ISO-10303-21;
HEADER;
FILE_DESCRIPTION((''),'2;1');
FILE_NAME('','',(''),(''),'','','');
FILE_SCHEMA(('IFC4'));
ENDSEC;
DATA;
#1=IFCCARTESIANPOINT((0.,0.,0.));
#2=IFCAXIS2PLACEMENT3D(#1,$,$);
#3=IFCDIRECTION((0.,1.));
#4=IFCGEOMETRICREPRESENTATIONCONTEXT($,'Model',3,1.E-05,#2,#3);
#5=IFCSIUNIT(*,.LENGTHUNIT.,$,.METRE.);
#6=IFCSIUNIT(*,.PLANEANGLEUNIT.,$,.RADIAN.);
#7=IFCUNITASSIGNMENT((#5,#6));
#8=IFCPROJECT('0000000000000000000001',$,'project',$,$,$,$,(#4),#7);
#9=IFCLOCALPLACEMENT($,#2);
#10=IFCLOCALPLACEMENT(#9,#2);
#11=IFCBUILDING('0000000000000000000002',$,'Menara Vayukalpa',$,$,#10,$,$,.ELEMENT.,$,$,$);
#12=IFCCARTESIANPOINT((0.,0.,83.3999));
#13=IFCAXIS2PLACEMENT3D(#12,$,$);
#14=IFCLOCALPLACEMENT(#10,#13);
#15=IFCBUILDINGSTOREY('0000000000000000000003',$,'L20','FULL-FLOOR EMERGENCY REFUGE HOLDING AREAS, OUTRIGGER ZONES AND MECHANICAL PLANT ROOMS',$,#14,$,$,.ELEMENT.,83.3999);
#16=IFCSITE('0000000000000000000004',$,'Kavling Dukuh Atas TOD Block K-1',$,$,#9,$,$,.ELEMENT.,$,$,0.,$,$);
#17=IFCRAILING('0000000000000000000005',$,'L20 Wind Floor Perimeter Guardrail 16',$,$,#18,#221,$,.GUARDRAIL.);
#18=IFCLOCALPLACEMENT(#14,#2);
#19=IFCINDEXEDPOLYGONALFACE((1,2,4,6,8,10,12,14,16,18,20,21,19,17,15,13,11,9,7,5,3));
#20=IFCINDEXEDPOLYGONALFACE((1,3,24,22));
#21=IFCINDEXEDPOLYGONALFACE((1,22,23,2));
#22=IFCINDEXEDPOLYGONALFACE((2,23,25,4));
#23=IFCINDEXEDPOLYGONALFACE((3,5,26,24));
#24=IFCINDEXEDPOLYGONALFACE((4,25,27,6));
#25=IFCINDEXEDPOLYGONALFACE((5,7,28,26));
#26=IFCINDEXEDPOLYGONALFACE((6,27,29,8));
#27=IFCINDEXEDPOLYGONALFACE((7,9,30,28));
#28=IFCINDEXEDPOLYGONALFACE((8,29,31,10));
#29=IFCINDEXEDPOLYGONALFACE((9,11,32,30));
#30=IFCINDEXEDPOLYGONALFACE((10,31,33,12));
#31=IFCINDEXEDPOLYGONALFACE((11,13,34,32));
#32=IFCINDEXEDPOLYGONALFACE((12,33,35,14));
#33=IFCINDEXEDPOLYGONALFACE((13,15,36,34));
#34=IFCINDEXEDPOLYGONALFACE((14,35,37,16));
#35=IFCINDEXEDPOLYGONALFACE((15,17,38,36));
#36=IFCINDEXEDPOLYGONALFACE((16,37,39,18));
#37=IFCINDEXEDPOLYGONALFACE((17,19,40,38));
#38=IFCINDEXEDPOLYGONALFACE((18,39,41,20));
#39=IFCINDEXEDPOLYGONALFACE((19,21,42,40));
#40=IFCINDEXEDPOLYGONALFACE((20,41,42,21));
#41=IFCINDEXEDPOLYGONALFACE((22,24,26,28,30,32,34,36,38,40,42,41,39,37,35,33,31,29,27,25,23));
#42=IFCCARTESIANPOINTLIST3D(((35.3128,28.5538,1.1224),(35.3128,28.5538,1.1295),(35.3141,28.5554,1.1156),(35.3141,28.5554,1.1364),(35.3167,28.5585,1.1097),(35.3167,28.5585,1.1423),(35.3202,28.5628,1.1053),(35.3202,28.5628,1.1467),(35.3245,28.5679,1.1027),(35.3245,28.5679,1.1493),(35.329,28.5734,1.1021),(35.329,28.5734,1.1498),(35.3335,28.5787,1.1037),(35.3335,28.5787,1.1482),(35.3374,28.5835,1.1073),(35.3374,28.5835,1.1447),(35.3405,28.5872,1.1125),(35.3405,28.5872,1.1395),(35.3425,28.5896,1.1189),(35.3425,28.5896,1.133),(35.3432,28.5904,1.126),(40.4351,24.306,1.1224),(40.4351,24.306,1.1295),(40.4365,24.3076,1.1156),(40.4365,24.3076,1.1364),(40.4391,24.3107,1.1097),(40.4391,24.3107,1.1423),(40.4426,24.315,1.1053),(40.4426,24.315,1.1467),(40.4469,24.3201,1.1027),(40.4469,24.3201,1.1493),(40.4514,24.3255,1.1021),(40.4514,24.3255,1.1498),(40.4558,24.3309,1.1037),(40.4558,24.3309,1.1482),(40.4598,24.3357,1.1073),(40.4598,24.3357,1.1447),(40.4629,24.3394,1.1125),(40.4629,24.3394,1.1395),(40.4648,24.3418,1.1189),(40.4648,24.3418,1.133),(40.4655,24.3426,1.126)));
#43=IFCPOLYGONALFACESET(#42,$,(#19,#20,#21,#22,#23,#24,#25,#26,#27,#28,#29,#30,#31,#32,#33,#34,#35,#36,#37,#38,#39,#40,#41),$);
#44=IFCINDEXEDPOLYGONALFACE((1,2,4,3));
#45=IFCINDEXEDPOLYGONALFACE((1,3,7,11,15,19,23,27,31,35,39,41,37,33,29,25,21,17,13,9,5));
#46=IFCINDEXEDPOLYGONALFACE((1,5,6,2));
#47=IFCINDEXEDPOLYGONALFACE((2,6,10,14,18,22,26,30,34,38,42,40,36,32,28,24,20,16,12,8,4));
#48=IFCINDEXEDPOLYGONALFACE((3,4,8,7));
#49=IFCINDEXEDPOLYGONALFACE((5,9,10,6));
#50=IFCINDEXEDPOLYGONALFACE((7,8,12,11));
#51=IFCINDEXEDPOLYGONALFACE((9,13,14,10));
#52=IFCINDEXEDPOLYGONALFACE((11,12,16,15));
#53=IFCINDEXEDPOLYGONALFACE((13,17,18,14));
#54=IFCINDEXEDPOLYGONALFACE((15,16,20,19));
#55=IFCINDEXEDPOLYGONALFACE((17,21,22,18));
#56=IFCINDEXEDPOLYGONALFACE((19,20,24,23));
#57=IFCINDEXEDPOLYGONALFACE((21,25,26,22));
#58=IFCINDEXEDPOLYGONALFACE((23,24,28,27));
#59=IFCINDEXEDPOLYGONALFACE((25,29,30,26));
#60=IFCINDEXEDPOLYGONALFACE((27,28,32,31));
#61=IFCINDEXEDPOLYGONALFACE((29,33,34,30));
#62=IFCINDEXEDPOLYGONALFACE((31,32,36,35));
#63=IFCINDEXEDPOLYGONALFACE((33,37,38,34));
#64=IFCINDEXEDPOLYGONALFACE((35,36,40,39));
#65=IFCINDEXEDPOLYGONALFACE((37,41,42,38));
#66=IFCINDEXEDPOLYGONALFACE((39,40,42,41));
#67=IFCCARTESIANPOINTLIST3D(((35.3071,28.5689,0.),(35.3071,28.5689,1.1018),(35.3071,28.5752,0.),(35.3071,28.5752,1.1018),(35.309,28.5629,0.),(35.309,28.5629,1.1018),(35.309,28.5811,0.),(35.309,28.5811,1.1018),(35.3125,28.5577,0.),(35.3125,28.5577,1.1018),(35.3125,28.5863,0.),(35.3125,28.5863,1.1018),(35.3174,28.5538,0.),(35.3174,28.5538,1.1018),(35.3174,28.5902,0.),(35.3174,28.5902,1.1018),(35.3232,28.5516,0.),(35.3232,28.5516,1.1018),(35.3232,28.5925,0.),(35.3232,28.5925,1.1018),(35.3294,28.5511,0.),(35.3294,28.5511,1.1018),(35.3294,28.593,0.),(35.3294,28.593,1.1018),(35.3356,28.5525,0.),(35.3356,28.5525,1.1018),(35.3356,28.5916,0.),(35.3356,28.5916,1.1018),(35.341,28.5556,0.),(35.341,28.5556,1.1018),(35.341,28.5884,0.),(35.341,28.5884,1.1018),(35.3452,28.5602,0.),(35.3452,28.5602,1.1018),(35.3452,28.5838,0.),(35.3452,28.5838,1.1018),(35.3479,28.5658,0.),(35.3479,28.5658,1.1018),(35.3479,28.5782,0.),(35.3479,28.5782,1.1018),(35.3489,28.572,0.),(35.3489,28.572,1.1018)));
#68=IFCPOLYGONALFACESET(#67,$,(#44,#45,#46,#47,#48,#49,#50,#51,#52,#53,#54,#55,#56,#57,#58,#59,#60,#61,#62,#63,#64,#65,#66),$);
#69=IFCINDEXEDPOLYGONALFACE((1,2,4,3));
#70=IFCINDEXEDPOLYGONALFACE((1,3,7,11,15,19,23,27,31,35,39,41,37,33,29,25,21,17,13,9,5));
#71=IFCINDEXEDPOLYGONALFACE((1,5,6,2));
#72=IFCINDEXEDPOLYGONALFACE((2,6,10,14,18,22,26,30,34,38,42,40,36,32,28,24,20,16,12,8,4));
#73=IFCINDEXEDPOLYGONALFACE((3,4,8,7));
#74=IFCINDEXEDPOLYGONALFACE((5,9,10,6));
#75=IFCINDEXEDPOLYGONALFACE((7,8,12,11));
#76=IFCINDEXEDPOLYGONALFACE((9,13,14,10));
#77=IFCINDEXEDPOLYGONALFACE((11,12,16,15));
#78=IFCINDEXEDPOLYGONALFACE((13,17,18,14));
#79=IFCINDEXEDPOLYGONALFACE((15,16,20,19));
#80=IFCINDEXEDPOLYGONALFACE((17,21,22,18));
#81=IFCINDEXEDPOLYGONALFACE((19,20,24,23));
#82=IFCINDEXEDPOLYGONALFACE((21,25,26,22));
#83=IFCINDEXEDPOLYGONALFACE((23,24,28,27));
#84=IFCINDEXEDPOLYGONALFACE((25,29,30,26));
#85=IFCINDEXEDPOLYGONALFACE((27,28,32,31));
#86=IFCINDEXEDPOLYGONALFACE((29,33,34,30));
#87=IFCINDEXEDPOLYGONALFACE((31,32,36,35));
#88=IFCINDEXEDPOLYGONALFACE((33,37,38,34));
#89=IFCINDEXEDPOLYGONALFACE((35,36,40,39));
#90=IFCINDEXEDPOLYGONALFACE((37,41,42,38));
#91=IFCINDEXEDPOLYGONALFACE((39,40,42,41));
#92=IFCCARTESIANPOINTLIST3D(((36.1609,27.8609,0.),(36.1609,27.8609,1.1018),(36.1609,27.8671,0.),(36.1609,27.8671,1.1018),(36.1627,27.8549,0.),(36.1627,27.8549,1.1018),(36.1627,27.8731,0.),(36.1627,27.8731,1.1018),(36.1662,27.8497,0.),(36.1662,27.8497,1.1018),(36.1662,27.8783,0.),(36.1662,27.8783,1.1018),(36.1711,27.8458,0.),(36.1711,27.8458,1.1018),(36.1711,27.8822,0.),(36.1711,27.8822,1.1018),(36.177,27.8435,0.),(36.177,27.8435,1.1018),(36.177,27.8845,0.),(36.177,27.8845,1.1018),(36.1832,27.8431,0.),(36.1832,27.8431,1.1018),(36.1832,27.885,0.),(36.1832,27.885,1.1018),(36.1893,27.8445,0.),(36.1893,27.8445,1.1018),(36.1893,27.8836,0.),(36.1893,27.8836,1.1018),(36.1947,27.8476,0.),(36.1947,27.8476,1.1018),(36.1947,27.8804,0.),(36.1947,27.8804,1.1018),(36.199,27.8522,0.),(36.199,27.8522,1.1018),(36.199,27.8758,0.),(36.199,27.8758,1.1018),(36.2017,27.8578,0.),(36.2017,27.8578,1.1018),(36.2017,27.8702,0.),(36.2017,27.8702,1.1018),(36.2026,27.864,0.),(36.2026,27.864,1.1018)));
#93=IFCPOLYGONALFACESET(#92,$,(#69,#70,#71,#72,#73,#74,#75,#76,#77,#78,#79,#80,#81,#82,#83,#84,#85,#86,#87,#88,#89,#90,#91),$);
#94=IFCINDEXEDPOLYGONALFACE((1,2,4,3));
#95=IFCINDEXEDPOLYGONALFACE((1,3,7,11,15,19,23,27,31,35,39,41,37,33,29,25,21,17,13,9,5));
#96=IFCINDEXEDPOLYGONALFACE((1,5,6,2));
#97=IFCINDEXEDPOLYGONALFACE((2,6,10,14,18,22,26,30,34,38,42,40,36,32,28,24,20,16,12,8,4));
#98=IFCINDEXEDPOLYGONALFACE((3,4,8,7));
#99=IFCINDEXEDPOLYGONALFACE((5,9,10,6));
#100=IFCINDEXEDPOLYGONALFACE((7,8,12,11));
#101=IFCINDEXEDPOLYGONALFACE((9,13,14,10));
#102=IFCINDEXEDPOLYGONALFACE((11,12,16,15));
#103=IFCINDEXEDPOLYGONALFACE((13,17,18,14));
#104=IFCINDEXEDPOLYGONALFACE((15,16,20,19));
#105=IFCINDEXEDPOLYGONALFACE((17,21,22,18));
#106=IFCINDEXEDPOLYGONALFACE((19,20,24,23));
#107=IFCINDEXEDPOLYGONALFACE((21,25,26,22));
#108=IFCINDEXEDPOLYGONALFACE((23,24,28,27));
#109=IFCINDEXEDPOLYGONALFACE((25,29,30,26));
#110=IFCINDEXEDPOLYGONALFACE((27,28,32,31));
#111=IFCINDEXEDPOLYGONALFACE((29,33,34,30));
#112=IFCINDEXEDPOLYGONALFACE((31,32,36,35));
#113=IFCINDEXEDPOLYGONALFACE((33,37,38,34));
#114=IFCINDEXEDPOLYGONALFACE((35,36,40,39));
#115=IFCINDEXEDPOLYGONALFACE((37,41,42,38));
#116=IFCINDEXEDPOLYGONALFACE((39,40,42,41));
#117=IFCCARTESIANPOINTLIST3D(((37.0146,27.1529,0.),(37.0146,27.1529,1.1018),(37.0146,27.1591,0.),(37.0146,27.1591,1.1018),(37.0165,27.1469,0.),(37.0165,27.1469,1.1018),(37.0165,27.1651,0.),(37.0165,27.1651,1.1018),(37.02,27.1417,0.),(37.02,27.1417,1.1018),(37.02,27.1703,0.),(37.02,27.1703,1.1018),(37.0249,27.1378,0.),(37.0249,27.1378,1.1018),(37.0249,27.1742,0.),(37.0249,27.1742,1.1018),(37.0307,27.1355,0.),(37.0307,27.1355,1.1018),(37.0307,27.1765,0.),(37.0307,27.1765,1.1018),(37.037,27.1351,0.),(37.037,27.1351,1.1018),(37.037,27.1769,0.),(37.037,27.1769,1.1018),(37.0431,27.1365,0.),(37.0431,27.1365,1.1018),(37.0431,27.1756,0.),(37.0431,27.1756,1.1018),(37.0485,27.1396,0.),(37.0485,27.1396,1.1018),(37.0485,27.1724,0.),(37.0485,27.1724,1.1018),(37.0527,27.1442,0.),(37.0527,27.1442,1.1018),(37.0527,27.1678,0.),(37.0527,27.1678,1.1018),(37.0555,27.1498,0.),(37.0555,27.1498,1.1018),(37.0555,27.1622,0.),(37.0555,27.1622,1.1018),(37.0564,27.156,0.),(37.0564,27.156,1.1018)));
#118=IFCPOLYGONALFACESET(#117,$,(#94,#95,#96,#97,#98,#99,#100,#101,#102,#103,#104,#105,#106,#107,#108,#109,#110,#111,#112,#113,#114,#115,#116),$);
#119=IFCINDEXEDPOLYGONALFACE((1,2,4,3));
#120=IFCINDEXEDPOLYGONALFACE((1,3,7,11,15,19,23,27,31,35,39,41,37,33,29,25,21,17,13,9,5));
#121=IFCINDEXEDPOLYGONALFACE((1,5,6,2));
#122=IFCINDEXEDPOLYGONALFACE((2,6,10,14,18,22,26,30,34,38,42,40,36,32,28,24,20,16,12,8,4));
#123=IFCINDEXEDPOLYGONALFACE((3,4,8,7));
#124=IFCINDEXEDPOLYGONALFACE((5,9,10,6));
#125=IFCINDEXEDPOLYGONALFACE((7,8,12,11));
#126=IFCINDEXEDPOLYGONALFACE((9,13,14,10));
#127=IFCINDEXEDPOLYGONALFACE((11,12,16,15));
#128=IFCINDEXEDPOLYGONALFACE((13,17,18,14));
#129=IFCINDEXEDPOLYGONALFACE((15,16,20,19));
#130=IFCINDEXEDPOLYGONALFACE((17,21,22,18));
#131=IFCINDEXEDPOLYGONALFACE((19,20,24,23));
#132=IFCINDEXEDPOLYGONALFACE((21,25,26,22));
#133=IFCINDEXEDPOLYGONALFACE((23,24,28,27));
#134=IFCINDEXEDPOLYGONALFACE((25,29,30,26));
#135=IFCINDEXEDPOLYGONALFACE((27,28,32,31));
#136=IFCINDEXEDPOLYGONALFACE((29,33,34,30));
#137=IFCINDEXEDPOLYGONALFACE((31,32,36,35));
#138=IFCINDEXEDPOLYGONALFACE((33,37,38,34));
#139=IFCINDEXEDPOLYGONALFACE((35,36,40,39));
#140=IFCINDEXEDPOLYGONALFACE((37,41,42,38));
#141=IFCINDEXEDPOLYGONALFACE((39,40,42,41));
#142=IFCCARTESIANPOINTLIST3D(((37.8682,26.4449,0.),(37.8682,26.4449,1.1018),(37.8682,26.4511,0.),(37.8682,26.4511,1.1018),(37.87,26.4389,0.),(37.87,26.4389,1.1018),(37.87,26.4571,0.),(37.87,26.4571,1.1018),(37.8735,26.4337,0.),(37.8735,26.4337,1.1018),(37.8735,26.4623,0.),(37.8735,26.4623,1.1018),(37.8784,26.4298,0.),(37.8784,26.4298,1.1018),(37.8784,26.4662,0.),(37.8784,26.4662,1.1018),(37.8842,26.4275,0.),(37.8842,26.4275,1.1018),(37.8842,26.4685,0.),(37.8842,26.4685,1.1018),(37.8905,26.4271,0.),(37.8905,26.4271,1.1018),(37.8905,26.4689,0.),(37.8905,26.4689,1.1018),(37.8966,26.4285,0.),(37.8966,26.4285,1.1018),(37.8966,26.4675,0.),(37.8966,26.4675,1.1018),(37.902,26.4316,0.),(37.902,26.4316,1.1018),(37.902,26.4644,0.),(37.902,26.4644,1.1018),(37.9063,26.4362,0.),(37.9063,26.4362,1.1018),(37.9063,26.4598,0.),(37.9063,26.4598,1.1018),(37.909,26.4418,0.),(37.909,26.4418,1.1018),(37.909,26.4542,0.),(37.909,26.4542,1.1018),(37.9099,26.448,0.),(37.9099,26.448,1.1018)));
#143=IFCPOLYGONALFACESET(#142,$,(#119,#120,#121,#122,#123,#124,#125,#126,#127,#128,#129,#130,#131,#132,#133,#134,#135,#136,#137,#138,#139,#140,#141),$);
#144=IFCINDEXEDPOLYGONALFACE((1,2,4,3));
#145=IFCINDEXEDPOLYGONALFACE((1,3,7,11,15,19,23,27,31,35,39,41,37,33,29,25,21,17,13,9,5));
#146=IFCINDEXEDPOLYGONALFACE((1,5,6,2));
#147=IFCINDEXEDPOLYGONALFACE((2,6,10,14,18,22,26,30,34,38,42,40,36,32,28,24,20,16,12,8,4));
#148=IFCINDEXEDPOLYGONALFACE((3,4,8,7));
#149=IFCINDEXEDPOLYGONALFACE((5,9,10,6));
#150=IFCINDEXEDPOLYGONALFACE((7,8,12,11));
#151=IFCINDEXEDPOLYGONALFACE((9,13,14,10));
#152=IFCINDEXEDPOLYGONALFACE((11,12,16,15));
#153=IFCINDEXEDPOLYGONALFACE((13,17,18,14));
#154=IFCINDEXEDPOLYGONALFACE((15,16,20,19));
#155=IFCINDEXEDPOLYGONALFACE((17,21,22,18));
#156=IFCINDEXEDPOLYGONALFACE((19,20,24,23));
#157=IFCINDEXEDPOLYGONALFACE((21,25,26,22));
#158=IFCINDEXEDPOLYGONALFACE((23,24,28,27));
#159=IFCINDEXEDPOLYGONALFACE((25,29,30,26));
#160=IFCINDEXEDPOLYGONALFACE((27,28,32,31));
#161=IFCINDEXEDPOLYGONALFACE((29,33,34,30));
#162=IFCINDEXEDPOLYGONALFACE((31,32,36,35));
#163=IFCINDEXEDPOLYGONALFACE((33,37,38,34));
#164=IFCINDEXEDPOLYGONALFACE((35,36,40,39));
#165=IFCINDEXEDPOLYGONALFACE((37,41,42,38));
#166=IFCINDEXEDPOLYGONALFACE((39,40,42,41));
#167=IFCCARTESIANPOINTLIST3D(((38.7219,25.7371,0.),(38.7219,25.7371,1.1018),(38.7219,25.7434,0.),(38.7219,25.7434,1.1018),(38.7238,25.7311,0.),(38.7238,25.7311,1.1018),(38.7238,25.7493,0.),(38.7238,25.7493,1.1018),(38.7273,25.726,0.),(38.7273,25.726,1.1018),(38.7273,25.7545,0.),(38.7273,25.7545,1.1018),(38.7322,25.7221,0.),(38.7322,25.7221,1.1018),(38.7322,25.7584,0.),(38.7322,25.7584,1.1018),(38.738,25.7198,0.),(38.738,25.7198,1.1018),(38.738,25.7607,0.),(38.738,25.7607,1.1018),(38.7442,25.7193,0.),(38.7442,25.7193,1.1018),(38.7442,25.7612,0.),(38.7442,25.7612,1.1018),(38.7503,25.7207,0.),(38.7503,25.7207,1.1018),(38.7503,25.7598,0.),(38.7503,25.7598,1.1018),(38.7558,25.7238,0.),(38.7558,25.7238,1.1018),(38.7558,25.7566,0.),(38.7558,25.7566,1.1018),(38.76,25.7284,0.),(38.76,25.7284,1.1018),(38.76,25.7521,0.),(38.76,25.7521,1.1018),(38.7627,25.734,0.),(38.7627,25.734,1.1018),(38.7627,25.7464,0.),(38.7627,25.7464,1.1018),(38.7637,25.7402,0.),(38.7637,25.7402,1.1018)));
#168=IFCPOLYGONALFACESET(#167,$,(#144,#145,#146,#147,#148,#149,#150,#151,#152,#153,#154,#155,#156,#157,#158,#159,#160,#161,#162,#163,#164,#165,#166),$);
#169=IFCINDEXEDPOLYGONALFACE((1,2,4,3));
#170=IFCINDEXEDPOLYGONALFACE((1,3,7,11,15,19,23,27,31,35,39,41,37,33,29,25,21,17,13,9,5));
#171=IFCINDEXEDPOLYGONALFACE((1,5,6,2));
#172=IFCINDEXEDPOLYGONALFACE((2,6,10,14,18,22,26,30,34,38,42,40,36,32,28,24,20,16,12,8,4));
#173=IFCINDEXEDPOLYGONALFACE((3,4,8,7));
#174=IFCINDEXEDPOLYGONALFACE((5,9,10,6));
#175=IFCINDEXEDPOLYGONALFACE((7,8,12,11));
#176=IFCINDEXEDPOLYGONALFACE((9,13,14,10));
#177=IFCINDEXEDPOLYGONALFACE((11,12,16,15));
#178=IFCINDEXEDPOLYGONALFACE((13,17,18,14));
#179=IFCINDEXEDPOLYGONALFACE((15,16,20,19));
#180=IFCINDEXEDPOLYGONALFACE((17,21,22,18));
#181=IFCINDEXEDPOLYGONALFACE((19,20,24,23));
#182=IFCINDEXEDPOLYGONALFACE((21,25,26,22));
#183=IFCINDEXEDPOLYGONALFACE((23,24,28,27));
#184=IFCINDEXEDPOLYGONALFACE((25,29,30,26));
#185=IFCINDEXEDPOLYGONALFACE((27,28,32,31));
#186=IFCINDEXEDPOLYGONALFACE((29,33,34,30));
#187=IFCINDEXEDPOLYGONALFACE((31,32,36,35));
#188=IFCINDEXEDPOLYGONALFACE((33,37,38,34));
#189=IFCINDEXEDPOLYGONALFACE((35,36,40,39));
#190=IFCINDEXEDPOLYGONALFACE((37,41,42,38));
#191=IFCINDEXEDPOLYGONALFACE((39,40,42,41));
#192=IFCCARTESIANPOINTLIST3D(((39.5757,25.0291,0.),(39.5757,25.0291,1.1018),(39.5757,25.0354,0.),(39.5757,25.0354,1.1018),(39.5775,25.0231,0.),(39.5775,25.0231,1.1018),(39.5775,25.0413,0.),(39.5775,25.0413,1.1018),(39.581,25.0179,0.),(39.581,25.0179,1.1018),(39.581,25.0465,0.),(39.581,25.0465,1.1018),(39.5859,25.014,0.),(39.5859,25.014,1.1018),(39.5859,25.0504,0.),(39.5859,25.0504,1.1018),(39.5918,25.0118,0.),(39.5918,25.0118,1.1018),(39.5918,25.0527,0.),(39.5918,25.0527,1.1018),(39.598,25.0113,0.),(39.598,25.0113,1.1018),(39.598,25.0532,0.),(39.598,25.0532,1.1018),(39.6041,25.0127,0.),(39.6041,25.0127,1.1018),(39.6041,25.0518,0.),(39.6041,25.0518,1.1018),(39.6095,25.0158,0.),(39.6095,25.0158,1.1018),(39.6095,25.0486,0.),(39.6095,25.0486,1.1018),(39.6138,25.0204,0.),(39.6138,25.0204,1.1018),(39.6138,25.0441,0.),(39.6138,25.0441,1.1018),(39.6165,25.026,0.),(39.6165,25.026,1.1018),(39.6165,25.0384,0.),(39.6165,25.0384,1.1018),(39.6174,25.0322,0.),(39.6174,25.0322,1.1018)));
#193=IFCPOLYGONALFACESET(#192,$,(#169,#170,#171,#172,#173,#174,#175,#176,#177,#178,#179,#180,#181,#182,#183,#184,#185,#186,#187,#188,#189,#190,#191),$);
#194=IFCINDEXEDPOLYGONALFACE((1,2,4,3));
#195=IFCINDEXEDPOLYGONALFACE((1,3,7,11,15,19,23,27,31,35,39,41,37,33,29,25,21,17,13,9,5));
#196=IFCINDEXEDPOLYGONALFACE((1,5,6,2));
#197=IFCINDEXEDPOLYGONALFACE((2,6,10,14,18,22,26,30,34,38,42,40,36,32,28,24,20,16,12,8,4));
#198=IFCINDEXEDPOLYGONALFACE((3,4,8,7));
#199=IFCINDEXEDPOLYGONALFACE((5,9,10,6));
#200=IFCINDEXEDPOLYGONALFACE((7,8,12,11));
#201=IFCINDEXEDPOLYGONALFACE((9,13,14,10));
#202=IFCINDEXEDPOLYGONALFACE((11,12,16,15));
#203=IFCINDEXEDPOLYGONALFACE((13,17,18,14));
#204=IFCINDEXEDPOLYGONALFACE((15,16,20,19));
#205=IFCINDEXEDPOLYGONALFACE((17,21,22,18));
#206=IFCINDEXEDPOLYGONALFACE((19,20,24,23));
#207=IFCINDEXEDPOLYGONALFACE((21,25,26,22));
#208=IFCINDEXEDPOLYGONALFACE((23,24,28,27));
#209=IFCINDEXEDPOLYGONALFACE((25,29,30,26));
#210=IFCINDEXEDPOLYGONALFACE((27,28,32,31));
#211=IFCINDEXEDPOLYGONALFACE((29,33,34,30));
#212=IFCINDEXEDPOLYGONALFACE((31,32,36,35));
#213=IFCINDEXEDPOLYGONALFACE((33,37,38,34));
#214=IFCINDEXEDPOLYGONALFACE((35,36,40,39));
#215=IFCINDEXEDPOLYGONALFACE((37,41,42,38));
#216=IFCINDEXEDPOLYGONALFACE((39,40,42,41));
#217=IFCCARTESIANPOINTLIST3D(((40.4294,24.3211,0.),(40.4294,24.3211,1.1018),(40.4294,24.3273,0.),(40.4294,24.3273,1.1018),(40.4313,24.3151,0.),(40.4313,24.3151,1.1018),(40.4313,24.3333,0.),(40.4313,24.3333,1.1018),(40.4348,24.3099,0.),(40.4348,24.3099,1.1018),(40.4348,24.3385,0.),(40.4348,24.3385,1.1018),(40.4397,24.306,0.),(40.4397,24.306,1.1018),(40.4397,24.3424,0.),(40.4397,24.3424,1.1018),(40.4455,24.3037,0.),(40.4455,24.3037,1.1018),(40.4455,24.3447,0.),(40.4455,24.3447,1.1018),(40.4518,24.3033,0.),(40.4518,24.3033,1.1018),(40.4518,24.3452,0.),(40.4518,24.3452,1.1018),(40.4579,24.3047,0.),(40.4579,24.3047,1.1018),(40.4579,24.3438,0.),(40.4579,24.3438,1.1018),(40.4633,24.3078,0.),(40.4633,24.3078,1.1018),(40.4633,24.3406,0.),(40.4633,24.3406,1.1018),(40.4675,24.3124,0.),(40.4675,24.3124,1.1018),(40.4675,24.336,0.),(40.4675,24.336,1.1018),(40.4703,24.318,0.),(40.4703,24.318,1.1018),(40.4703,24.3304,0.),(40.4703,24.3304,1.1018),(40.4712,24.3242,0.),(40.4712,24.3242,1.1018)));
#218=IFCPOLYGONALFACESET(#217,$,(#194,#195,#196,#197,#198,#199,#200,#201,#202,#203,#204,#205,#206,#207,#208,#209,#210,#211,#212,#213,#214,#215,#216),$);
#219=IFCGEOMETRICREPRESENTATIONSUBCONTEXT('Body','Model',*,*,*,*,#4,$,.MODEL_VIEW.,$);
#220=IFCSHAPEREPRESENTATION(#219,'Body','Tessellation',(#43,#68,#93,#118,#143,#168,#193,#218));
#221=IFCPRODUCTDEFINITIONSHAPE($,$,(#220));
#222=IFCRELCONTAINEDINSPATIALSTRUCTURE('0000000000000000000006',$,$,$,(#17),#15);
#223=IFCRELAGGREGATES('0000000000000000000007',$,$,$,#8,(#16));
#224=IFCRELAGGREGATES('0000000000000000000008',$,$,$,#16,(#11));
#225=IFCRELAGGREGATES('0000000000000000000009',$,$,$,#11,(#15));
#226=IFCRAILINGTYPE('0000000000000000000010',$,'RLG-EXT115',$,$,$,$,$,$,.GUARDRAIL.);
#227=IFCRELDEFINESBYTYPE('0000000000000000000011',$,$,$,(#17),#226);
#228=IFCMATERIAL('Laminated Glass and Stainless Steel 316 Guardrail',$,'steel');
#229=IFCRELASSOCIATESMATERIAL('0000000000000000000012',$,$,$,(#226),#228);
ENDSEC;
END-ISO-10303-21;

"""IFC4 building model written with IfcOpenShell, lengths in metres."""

from ifc_helpers import new_model, si_unit, direction, frame, origin, origin_2d, place, context, subcontext, project, spatial, circle, extrude, material, type_object, element, save


model = new_model("IFC4")

# Units and contexts
model_context = context("Model", 3, precision=1e-05, world=origin(), true_north=direction((0.0, 1.0)))
body_context = subcontext(model_context, "Body", "Model", "MODEL_VIEW")
ifc_project = project(units=[si_unit("LENGTHUNIT", "METRE"), si_unit("PLANEANGLEUNIT", "RADIAN")], contexts=[model_context])

# Site, building, storey
site_placement = place(None, origin())
site = spatial("IfcSite", under=ifc_project, at=site_placement, Name="Kavling Dukuh Atas TOD Block K-1", CompositionType="ELEMENT", RefElevation=0.0)
building_placement = place(site_placement, origin())
building = spatial("IfcBuilding", under=site, at=building_placement, Name="Menara Vayukalpa", CompositionType="ELEMENT")
storey_placement = place(building_placement, frame((0.0, 0.0, 83.3999)))
storey = spatial("IfcBuildingStorey", under=building, at=storey_placement, Name="L20", Description="FULL-FLOOR EMERGENCY REFUGE HOLDING AREAS, OUTRIGGER ZONES AND MECHANICAL PLANT ROOMS", CompositionType="ELEMENT", Elevation=83.3999)

# Railing
ifc_material_1 = material(Name="Laminated Glass and Stainless Steel 316 Guardrail", Category="steel")
railing_type_1 = type_object("IfcRailingType", Name="RLG-EXT115", PredefinedType="GUARDRAIL", material=ifc_material_1)
railing_1_placement = place(storey_placement, frame((35.3279, 28.572, 0.0)))
element("IfcRailing", 1, at=railing_1_placement, inside=storey, type_object=railing_type_1, Name="L20 Wind Floor Perimeter Guardrail 16", PredefinedType="GUARDRAIL", context=body_context, shape_type="SweptSolid", body=[
    extrude(circle(Radius=0.0239, at=origin_2d()), frame((0.0, 0.0, 1.126), z_axis=(0.769756, -0.638339, 0.0), x_axis=(0.638339, 0.769756, 0.0)), (0.0, 0.0, 1.0), 6.6545),
    extrude(circle(Radius=0.021, at=origin_2d()), origin(), (0.0, 0.0, 1.0), 1.1018),
    extrude(circle(Radius=0.021, at=origin_2d()), frame((0.8538, -0.708, 0.0)), (0.0, 0.0, 1.0), 1.1018),
    extrude(circle(Radius=0.021, at=origin_2d()), frame((1.7075, -1.416, 0.0)), (0.0, 0.0, 1.0), 1.1018),
    extrude(circle(Radius=0.021, at=origin_2d()), frame((2.561, -2.124, 0.0)), (0.0, 0.0, 1.0), 1.1018),
    extrude(circle(Radius=0.021, at=origin_2d()), frame((3.4148, -2.8318, 0.0)), (0.0, 0.0, 1.0), 1.1018),
    extrude(circle(Radius=0.021, at=origin_2d()), frame((4.2686, -3.5398, 0.0)), (0.0, 0.0, 1.0), 1.1018),
    extrude(circle(Radius=0.021, at=origin_2d()), frame((5.1223, -4.2478, 0.0)), (0.0, 0.0, 1.0), 1.1018),
])

save(model, "model.ifc")
